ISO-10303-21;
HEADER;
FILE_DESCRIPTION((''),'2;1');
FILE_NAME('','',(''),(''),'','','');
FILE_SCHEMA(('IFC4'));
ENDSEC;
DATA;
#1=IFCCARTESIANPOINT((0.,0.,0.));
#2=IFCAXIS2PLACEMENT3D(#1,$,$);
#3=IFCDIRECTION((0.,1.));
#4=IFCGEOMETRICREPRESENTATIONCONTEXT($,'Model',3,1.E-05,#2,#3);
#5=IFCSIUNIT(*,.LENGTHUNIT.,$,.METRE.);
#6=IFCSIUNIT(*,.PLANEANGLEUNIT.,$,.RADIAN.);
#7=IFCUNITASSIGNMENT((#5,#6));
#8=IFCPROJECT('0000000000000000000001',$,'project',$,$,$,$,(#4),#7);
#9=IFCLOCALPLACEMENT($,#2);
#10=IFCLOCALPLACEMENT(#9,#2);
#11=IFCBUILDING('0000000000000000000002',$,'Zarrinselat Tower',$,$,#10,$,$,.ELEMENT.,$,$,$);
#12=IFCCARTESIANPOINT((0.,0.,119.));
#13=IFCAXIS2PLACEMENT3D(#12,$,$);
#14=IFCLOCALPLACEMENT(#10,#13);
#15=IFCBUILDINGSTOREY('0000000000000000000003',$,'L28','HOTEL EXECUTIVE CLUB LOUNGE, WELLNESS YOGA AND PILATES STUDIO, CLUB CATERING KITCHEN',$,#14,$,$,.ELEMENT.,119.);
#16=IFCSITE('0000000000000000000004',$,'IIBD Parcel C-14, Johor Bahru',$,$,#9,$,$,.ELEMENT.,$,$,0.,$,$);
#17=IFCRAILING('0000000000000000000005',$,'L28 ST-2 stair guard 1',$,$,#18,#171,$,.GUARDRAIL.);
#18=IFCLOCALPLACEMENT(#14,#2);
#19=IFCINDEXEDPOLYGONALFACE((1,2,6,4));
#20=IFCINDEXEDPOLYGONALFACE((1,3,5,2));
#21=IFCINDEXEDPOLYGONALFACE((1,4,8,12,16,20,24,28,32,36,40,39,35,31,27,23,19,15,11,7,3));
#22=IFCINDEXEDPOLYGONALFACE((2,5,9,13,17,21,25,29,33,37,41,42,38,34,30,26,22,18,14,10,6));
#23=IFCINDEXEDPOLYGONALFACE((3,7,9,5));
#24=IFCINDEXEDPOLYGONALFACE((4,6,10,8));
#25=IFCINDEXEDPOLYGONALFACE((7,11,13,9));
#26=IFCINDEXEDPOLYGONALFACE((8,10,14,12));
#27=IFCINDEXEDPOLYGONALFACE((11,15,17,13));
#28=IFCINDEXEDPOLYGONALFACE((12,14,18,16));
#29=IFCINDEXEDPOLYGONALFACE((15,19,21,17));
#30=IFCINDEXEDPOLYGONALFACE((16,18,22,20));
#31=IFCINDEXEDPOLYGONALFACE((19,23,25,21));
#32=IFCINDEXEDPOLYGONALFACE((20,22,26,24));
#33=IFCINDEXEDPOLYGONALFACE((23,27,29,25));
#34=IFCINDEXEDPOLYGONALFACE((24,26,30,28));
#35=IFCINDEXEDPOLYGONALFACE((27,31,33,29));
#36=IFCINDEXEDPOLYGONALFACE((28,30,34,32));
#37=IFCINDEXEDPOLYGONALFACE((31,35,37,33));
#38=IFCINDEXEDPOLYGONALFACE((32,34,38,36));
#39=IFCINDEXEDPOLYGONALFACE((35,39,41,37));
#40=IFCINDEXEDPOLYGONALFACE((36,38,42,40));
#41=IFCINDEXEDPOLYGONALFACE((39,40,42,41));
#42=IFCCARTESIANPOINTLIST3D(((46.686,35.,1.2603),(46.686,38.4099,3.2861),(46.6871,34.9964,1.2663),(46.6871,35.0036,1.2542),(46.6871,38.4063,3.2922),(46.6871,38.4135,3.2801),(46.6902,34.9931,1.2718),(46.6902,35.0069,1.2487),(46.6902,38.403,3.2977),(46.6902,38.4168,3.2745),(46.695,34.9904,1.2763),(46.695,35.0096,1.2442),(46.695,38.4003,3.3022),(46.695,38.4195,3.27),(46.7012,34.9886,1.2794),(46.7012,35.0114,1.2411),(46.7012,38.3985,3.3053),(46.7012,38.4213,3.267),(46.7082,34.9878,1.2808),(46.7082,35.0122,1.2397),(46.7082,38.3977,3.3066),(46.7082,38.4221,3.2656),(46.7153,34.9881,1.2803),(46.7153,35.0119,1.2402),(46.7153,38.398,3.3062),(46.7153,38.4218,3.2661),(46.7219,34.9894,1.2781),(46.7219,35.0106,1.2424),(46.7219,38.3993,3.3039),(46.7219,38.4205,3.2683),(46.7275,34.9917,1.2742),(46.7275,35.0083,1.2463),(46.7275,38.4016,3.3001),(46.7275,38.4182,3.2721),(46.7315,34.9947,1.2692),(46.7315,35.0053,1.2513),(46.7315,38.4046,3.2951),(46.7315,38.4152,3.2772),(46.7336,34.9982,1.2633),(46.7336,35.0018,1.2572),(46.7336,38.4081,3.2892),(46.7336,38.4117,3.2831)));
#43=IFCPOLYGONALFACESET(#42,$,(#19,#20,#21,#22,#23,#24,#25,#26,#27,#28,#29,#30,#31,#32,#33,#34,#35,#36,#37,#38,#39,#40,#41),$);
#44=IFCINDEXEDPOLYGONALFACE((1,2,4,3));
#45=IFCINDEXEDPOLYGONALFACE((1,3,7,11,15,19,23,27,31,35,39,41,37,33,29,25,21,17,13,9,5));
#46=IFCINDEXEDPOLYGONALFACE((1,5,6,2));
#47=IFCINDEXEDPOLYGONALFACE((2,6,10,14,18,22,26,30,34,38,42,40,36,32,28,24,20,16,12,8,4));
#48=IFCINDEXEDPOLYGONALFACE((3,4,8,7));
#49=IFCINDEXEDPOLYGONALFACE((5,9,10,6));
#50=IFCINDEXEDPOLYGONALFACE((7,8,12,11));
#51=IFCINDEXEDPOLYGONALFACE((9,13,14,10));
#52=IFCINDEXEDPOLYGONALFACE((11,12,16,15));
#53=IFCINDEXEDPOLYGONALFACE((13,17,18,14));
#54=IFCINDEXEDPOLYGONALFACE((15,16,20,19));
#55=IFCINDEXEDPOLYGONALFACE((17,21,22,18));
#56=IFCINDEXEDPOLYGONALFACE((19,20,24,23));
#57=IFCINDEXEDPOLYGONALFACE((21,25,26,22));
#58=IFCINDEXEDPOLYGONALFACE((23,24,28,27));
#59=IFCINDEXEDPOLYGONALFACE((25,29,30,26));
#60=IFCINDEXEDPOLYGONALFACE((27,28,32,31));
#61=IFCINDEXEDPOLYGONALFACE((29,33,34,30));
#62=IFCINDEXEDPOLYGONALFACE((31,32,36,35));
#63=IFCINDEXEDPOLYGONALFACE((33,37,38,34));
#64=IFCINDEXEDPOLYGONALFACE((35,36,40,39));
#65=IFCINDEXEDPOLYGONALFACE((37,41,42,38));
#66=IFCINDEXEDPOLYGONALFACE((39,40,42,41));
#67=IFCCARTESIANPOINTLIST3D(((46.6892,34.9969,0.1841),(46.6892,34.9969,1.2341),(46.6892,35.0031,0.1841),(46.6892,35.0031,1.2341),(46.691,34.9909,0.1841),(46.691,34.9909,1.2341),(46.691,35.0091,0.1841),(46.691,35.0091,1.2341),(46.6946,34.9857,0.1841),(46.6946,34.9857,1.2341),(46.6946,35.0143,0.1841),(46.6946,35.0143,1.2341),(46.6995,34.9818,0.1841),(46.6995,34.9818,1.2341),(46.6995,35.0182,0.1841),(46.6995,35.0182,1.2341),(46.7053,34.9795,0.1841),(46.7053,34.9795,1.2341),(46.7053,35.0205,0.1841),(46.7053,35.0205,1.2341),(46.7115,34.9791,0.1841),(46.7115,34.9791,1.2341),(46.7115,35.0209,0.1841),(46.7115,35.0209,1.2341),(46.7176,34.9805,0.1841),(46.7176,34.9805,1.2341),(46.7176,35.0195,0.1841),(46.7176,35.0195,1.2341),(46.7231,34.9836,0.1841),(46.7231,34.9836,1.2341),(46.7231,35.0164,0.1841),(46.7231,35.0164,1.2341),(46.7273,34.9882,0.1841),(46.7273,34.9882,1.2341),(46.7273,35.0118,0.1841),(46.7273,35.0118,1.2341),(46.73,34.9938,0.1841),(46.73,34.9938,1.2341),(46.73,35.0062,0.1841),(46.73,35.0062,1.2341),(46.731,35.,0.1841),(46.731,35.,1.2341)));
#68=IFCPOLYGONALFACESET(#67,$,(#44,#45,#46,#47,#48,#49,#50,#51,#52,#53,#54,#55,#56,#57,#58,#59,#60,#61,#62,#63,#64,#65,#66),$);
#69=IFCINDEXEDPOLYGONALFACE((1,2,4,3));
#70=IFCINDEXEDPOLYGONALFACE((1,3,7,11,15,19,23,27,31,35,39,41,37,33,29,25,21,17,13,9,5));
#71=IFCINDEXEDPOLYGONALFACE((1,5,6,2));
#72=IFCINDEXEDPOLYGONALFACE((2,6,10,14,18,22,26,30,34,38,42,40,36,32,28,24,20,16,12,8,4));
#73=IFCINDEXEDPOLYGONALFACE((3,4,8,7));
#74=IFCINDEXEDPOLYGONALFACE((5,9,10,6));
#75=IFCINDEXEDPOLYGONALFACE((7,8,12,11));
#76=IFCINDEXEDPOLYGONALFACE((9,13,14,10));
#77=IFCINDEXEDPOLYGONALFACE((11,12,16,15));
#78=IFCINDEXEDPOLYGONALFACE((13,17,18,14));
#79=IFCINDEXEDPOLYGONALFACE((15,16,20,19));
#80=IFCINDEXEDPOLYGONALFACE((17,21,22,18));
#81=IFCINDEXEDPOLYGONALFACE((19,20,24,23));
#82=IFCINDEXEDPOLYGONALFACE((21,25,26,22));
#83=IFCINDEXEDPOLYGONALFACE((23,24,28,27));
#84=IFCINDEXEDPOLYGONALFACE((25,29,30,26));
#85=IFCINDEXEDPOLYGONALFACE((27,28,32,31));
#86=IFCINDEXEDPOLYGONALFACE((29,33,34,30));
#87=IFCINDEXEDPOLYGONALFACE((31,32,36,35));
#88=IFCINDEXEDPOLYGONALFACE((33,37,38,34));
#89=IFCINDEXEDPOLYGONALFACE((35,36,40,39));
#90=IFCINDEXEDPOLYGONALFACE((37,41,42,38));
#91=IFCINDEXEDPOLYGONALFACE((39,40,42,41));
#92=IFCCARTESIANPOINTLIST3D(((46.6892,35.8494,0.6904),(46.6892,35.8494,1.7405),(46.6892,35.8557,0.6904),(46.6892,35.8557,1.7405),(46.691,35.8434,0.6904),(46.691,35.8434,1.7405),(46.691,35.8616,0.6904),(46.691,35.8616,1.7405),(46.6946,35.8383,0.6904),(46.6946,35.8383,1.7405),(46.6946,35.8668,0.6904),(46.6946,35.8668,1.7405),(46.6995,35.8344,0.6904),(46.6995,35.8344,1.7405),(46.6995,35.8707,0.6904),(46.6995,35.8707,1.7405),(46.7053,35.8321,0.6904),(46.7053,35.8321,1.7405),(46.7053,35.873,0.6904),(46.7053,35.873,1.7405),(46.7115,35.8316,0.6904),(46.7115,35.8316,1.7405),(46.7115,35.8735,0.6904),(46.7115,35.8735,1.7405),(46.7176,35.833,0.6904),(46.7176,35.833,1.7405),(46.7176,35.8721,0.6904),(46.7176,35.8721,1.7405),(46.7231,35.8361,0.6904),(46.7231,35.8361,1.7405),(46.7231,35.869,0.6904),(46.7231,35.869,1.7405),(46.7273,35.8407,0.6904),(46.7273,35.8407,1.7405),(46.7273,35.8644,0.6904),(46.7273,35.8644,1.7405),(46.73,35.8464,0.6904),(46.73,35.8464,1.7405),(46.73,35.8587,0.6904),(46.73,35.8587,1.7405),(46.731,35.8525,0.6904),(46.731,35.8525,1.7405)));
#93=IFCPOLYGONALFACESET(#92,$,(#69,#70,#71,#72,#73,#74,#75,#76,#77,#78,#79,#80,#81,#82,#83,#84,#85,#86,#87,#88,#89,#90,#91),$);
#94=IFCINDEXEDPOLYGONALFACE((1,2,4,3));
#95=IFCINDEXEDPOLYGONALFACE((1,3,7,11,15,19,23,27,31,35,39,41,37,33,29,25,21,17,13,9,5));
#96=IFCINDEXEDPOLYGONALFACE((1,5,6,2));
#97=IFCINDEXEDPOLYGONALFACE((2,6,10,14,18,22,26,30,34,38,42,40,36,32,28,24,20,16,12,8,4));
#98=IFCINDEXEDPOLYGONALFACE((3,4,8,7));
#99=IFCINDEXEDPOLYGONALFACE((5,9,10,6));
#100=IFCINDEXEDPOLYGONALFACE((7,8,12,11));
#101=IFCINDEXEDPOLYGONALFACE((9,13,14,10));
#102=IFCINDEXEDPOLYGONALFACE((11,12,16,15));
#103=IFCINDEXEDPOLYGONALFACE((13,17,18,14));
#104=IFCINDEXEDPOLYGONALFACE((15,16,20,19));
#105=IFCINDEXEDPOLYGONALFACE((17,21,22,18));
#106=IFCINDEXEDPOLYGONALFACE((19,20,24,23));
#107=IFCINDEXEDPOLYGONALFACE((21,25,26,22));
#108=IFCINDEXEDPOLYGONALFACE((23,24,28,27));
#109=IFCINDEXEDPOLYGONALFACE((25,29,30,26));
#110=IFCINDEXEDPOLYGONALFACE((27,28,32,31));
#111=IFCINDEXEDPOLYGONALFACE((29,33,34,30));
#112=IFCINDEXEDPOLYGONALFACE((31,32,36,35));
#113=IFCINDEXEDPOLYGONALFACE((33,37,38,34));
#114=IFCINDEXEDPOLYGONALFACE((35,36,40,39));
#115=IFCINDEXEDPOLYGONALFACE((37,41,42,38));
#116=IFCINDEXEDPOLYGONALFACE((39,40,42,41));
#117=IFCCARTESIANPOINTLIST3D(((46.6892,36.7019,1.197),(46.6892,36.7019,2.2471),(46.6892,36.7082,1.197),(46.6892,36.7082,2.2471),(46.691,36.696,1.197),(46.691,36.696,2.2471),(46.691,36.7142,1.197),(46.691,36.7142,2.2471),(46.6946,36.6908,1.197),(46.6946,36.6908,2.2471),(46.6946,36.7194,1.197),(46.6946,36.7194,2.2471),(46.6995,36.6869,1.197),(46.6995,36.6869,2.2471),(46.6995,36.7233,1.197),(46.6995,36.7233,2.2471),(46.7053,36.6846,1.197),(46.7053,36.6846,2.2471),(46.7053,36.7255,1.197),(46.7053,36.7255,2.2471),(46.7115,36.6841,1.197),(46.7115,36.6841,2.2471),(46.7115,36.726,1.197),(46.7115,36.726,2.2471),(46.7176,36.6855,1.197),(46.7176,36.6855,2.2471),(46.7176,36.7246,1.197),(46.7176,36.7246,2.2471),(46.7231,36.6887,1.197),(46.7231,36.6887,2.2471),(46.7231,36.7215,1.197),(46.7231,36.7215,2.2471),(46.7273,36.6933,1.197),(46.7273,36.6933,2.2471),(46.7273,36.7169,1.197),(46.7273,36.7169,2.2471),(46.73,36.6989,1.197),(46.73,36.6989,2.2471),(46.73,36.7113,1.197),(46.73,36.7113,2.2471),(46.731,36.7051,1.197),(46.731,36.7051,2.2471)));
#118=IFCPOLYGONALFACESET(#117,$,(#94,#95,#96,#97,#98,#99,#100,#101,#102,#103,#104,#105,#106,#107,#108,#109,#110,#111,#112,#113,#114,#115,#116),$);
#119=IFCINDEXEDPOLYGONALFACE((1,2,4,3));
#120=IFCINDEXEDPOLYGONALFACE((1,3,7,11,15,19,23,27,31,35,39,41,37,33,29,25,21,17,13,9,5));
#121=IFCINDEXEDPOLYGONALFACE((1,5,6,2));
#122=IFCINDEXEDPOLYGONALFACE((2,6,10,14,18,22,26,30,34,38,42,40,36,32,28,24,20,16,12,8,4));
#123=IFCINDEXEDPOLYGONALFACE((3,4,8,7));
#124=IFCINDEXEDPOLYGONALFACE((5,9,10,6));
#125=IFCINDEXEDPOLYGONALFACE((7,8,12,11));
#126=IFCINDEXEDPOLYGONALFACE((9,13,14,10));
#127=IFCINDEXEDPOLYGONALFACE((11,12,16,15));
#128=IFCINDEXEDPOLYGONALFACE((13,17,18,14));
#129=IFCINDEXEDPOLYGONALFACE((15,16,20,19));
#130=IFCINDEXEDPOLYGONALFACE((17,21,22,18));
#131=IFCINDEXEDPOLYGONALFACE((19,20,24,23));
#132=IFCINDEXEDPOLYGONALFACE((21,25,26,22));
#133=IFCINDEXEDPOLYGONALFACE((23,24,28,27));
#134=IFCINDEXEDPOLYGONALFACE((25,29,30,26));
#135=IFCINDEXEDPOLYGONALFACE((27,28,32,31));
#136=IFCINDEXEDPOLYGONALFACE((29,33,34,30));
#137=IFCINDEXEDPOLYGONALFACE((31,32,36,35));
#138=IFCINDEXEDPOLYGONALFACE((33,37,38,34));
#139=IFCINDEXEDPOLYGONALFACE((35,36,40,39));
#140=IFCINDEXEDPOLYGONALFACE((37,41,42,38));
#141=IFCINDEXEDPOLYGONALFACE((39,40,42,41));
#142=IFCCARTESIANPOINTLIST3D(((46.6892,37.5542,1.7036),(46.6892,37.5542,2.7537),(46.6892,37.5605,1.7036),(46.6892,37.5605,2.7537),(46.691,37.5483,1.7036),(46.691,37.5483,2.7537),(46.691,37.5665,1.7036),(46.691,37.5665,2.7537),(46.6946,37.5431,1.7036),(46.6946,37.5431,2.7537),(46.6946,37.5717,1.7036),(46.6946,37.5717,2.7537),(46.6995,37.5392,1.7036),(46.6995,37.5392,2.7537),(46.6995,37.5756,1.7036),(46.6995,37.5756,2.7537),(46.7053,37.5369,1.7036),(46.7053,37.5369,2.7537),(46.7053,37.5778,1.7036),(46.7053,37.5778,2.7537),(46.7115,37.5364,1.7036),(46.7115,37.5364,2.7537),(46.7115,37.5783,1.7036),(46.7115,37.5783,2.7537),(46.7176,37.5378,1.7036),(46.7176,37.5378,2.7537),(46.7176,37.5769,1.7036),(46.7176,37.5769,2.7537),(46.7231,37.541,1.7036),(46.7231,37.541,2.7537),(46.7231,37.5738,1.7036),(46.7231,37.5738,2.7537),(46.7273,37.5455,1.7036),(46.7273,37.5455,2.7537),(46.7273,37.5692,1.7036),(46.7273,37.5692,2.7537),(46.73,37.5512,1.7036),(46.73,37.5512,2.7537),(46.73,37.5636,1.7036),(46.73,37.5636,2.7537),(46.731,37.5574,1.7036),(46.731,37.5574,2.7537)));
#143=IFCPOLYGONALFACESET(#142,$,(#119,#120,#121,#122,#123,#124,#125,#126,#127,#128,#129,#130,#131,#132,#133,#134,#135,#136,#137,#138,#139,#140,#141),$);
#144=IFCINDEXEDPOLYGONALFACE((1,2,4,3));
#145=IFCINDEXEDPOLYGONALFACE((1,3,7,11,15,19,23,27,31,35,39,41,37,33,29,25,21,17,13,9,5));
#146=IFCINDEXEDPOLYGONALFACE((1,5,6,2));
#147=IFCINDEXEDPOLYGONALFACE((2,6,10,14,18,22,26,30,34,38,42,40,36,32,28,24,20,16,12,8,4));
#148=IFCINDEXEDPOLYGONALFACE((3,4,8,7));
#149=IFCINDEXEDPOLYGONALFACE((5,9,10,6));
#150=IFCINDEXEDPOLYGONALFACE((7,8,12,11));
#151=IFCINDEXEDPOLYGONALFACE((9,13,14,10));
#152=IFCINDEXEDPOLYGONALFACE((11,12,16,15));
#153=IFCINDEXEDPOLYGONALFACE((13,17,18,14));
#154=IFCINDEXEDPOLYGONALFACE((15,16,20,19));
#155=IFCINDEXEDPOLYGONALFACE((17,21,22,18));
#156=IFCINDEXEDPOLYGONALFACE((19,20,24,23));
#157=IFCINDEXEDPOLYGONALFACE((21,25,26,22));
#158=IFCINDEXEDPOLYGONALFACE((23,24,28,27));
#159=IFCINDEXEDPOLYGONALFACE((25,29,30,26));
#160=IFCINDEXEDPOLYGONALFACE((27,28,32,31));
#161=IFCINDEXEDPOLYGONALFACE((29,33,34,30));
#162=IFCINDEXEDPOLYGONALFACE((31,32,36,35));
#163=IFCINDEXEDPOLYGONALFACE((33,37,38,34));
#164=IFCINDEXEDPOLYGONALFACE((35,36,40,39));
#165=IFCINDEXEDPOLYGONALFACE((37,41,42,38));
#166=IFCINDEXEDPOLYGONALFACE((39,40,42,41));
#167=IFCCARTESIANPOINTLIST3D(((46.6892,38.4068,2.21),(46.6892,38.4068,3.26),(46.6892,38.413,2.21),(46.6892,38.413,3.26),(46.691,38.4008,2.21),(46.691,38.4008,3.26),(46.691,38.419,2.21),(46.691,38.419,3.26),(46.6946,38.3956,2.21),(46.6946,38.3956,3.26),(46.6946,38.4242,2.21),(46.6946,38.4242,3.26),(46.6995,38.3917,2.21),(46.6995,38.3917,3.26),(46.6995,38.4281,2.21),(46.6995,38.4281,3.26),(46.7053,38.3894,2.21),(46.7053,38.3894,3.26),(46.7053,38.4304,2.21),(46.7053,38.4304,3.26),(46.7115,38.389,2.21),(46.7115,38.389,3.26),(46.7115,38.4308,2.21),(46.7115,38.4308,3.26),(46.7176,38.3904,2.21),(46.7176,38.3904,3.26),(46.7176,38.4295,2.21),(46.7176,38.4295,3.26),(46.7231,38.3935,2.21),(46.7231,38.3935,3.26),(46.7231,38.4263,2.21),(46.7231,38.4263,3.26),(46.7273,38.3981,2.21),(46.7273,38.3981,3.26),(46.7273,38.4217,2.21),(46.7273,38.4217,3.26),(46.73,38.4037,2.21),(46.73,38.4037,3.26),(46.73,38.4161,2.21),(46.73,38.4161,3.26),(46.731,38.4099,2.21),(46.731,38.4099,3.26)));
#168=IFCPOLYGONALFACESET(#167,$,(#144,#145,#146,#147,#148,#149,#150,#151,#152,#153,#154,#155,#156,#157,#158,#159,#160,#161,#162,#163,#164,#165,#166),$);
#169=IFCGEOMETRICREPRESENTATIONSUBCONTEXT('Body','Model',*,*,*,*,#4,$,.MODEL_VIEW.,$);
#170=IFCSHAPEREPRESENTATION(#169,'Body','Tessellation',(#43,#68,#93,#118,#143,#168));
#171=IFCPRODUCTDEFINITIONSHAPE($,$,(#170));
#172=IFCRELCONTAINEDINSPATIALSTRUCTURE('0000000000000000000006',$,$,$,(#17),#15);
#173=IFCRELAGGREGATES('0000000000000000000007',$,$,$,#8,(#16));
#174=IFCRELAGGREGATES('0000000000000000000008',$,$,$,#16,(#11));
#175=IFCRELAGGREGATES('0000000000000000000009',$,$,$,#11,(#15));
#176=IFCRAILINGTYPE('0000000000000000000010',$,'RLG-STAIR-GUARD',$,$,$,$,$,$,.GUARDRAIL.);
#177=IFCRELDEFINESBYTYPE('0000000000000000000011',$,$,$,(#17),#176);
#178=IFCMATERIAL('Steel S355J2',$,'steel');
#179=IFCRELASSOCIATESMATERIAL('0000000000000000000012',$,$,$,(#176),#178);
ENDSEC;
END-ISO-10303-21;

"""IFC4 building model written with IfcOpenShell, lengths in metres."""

from ifc_helpers import new_model, si_unit, direction, frame, origin, origin_2d, place, context, subcontext, project, spatial, circle, extrude, material, type_object, element, save


model = new_model("IFC4")

# Units and contexts
model_context = context("Model", 3, precision=1e-05, world=origin(), true_north=direction((0.0, 1.0)))
body_context = subcontext(model_context, "Body", "Model", "MODEL_VIEW")
ifc_project = project(units=[si_unit("LENGTHUNIT", "METRE"), si_unit("PLANEANGLEUNIT", "RADIAN")], contexts=[model_context])

# Site, building, storey
site_placement = place(None, origin())
site = spatial("IfcSite", under=ifc_project, at=site_placement, Name="IIBD Parcel C-14, Johor Bahru", CompositionType="ELEMENT", RefElevation=0.0)
building_placement = place(site_placement, origin())
building = spatial("IfcBuilding", under=site, at=building_placement, Name="Zarrinselat Tower", CompositionType="ELEMENT")
storey_placement = place(building_placement, frame((0.0, 0.0, 119.0)))
storey = spatial("IfcBuildingStorey", under=building, at=storey_placement, Name="L28", Description="HOTEL EXECUTIVE CLUB LOUNGE, WELLNESS YOGA AND PILATES STUDIO, CLUB CATERING KITCHEN", CompositionType="ELEMENT", Elevation=119.0)

# Railing
ifc_material_1 = material(Name="Steel S355J2", Category="steel")
railing_type_1 = type_object("IfcRailingType", Name="RLG-STAIR-GUARD", PredefinedType="GUARDRAIL", material=ifc_material_1)
railing_1_placement = place(storey_placement, frame((46.71, 35.0, 0.1841)))
element("IfcRailing", 1, at=railing_1_placement, inside=storey, type_object=railing_type_1, Name="L28 ST-2 stair guard 1", PredefinedType="GUARDRAIL", context=body_context, shape_type="SweptSolid", body=[
    extrude(circle(Radius=0.0239, at=origin_2d()), frame((0.0, 0.0, 1.0762), z_axis=(0.0, 0.859717, 0.510771), x_axis=(-1.0, 0.0, 0.0)), (0.0, 0.0, 1.0), 3.9663),
    extrude(circle(Radius=0.021, at=origin_2d()), origin(), (0.0, 0.0, 1.0), 1.05),
    extrude(circle(Radius=0.021, at=origin_2d()), frame((0.0, 0.8525, 0.5063)), (0.0, 0.0, 1.0), 1.05),
    extrude(circle(Radius=0.021, at=origin_2d()), frame((0.0, 1.7051, 1.0129)), (0.0, 0.0, 1.0), 1.05),
    extrude(circle(Radius=0.021, at=origin_2d()), frame((0.0, 2.5574, 1.5195)), (0.0, 0.0, 1.0), 1.05),
    extrude(circle(Radius=0.021, at=origin_2d()), frame((0.0, 3.4099, 2.0259)), (0.0, 0.0, 1.0), 1.05),
])

save(model, "model.ifc")
